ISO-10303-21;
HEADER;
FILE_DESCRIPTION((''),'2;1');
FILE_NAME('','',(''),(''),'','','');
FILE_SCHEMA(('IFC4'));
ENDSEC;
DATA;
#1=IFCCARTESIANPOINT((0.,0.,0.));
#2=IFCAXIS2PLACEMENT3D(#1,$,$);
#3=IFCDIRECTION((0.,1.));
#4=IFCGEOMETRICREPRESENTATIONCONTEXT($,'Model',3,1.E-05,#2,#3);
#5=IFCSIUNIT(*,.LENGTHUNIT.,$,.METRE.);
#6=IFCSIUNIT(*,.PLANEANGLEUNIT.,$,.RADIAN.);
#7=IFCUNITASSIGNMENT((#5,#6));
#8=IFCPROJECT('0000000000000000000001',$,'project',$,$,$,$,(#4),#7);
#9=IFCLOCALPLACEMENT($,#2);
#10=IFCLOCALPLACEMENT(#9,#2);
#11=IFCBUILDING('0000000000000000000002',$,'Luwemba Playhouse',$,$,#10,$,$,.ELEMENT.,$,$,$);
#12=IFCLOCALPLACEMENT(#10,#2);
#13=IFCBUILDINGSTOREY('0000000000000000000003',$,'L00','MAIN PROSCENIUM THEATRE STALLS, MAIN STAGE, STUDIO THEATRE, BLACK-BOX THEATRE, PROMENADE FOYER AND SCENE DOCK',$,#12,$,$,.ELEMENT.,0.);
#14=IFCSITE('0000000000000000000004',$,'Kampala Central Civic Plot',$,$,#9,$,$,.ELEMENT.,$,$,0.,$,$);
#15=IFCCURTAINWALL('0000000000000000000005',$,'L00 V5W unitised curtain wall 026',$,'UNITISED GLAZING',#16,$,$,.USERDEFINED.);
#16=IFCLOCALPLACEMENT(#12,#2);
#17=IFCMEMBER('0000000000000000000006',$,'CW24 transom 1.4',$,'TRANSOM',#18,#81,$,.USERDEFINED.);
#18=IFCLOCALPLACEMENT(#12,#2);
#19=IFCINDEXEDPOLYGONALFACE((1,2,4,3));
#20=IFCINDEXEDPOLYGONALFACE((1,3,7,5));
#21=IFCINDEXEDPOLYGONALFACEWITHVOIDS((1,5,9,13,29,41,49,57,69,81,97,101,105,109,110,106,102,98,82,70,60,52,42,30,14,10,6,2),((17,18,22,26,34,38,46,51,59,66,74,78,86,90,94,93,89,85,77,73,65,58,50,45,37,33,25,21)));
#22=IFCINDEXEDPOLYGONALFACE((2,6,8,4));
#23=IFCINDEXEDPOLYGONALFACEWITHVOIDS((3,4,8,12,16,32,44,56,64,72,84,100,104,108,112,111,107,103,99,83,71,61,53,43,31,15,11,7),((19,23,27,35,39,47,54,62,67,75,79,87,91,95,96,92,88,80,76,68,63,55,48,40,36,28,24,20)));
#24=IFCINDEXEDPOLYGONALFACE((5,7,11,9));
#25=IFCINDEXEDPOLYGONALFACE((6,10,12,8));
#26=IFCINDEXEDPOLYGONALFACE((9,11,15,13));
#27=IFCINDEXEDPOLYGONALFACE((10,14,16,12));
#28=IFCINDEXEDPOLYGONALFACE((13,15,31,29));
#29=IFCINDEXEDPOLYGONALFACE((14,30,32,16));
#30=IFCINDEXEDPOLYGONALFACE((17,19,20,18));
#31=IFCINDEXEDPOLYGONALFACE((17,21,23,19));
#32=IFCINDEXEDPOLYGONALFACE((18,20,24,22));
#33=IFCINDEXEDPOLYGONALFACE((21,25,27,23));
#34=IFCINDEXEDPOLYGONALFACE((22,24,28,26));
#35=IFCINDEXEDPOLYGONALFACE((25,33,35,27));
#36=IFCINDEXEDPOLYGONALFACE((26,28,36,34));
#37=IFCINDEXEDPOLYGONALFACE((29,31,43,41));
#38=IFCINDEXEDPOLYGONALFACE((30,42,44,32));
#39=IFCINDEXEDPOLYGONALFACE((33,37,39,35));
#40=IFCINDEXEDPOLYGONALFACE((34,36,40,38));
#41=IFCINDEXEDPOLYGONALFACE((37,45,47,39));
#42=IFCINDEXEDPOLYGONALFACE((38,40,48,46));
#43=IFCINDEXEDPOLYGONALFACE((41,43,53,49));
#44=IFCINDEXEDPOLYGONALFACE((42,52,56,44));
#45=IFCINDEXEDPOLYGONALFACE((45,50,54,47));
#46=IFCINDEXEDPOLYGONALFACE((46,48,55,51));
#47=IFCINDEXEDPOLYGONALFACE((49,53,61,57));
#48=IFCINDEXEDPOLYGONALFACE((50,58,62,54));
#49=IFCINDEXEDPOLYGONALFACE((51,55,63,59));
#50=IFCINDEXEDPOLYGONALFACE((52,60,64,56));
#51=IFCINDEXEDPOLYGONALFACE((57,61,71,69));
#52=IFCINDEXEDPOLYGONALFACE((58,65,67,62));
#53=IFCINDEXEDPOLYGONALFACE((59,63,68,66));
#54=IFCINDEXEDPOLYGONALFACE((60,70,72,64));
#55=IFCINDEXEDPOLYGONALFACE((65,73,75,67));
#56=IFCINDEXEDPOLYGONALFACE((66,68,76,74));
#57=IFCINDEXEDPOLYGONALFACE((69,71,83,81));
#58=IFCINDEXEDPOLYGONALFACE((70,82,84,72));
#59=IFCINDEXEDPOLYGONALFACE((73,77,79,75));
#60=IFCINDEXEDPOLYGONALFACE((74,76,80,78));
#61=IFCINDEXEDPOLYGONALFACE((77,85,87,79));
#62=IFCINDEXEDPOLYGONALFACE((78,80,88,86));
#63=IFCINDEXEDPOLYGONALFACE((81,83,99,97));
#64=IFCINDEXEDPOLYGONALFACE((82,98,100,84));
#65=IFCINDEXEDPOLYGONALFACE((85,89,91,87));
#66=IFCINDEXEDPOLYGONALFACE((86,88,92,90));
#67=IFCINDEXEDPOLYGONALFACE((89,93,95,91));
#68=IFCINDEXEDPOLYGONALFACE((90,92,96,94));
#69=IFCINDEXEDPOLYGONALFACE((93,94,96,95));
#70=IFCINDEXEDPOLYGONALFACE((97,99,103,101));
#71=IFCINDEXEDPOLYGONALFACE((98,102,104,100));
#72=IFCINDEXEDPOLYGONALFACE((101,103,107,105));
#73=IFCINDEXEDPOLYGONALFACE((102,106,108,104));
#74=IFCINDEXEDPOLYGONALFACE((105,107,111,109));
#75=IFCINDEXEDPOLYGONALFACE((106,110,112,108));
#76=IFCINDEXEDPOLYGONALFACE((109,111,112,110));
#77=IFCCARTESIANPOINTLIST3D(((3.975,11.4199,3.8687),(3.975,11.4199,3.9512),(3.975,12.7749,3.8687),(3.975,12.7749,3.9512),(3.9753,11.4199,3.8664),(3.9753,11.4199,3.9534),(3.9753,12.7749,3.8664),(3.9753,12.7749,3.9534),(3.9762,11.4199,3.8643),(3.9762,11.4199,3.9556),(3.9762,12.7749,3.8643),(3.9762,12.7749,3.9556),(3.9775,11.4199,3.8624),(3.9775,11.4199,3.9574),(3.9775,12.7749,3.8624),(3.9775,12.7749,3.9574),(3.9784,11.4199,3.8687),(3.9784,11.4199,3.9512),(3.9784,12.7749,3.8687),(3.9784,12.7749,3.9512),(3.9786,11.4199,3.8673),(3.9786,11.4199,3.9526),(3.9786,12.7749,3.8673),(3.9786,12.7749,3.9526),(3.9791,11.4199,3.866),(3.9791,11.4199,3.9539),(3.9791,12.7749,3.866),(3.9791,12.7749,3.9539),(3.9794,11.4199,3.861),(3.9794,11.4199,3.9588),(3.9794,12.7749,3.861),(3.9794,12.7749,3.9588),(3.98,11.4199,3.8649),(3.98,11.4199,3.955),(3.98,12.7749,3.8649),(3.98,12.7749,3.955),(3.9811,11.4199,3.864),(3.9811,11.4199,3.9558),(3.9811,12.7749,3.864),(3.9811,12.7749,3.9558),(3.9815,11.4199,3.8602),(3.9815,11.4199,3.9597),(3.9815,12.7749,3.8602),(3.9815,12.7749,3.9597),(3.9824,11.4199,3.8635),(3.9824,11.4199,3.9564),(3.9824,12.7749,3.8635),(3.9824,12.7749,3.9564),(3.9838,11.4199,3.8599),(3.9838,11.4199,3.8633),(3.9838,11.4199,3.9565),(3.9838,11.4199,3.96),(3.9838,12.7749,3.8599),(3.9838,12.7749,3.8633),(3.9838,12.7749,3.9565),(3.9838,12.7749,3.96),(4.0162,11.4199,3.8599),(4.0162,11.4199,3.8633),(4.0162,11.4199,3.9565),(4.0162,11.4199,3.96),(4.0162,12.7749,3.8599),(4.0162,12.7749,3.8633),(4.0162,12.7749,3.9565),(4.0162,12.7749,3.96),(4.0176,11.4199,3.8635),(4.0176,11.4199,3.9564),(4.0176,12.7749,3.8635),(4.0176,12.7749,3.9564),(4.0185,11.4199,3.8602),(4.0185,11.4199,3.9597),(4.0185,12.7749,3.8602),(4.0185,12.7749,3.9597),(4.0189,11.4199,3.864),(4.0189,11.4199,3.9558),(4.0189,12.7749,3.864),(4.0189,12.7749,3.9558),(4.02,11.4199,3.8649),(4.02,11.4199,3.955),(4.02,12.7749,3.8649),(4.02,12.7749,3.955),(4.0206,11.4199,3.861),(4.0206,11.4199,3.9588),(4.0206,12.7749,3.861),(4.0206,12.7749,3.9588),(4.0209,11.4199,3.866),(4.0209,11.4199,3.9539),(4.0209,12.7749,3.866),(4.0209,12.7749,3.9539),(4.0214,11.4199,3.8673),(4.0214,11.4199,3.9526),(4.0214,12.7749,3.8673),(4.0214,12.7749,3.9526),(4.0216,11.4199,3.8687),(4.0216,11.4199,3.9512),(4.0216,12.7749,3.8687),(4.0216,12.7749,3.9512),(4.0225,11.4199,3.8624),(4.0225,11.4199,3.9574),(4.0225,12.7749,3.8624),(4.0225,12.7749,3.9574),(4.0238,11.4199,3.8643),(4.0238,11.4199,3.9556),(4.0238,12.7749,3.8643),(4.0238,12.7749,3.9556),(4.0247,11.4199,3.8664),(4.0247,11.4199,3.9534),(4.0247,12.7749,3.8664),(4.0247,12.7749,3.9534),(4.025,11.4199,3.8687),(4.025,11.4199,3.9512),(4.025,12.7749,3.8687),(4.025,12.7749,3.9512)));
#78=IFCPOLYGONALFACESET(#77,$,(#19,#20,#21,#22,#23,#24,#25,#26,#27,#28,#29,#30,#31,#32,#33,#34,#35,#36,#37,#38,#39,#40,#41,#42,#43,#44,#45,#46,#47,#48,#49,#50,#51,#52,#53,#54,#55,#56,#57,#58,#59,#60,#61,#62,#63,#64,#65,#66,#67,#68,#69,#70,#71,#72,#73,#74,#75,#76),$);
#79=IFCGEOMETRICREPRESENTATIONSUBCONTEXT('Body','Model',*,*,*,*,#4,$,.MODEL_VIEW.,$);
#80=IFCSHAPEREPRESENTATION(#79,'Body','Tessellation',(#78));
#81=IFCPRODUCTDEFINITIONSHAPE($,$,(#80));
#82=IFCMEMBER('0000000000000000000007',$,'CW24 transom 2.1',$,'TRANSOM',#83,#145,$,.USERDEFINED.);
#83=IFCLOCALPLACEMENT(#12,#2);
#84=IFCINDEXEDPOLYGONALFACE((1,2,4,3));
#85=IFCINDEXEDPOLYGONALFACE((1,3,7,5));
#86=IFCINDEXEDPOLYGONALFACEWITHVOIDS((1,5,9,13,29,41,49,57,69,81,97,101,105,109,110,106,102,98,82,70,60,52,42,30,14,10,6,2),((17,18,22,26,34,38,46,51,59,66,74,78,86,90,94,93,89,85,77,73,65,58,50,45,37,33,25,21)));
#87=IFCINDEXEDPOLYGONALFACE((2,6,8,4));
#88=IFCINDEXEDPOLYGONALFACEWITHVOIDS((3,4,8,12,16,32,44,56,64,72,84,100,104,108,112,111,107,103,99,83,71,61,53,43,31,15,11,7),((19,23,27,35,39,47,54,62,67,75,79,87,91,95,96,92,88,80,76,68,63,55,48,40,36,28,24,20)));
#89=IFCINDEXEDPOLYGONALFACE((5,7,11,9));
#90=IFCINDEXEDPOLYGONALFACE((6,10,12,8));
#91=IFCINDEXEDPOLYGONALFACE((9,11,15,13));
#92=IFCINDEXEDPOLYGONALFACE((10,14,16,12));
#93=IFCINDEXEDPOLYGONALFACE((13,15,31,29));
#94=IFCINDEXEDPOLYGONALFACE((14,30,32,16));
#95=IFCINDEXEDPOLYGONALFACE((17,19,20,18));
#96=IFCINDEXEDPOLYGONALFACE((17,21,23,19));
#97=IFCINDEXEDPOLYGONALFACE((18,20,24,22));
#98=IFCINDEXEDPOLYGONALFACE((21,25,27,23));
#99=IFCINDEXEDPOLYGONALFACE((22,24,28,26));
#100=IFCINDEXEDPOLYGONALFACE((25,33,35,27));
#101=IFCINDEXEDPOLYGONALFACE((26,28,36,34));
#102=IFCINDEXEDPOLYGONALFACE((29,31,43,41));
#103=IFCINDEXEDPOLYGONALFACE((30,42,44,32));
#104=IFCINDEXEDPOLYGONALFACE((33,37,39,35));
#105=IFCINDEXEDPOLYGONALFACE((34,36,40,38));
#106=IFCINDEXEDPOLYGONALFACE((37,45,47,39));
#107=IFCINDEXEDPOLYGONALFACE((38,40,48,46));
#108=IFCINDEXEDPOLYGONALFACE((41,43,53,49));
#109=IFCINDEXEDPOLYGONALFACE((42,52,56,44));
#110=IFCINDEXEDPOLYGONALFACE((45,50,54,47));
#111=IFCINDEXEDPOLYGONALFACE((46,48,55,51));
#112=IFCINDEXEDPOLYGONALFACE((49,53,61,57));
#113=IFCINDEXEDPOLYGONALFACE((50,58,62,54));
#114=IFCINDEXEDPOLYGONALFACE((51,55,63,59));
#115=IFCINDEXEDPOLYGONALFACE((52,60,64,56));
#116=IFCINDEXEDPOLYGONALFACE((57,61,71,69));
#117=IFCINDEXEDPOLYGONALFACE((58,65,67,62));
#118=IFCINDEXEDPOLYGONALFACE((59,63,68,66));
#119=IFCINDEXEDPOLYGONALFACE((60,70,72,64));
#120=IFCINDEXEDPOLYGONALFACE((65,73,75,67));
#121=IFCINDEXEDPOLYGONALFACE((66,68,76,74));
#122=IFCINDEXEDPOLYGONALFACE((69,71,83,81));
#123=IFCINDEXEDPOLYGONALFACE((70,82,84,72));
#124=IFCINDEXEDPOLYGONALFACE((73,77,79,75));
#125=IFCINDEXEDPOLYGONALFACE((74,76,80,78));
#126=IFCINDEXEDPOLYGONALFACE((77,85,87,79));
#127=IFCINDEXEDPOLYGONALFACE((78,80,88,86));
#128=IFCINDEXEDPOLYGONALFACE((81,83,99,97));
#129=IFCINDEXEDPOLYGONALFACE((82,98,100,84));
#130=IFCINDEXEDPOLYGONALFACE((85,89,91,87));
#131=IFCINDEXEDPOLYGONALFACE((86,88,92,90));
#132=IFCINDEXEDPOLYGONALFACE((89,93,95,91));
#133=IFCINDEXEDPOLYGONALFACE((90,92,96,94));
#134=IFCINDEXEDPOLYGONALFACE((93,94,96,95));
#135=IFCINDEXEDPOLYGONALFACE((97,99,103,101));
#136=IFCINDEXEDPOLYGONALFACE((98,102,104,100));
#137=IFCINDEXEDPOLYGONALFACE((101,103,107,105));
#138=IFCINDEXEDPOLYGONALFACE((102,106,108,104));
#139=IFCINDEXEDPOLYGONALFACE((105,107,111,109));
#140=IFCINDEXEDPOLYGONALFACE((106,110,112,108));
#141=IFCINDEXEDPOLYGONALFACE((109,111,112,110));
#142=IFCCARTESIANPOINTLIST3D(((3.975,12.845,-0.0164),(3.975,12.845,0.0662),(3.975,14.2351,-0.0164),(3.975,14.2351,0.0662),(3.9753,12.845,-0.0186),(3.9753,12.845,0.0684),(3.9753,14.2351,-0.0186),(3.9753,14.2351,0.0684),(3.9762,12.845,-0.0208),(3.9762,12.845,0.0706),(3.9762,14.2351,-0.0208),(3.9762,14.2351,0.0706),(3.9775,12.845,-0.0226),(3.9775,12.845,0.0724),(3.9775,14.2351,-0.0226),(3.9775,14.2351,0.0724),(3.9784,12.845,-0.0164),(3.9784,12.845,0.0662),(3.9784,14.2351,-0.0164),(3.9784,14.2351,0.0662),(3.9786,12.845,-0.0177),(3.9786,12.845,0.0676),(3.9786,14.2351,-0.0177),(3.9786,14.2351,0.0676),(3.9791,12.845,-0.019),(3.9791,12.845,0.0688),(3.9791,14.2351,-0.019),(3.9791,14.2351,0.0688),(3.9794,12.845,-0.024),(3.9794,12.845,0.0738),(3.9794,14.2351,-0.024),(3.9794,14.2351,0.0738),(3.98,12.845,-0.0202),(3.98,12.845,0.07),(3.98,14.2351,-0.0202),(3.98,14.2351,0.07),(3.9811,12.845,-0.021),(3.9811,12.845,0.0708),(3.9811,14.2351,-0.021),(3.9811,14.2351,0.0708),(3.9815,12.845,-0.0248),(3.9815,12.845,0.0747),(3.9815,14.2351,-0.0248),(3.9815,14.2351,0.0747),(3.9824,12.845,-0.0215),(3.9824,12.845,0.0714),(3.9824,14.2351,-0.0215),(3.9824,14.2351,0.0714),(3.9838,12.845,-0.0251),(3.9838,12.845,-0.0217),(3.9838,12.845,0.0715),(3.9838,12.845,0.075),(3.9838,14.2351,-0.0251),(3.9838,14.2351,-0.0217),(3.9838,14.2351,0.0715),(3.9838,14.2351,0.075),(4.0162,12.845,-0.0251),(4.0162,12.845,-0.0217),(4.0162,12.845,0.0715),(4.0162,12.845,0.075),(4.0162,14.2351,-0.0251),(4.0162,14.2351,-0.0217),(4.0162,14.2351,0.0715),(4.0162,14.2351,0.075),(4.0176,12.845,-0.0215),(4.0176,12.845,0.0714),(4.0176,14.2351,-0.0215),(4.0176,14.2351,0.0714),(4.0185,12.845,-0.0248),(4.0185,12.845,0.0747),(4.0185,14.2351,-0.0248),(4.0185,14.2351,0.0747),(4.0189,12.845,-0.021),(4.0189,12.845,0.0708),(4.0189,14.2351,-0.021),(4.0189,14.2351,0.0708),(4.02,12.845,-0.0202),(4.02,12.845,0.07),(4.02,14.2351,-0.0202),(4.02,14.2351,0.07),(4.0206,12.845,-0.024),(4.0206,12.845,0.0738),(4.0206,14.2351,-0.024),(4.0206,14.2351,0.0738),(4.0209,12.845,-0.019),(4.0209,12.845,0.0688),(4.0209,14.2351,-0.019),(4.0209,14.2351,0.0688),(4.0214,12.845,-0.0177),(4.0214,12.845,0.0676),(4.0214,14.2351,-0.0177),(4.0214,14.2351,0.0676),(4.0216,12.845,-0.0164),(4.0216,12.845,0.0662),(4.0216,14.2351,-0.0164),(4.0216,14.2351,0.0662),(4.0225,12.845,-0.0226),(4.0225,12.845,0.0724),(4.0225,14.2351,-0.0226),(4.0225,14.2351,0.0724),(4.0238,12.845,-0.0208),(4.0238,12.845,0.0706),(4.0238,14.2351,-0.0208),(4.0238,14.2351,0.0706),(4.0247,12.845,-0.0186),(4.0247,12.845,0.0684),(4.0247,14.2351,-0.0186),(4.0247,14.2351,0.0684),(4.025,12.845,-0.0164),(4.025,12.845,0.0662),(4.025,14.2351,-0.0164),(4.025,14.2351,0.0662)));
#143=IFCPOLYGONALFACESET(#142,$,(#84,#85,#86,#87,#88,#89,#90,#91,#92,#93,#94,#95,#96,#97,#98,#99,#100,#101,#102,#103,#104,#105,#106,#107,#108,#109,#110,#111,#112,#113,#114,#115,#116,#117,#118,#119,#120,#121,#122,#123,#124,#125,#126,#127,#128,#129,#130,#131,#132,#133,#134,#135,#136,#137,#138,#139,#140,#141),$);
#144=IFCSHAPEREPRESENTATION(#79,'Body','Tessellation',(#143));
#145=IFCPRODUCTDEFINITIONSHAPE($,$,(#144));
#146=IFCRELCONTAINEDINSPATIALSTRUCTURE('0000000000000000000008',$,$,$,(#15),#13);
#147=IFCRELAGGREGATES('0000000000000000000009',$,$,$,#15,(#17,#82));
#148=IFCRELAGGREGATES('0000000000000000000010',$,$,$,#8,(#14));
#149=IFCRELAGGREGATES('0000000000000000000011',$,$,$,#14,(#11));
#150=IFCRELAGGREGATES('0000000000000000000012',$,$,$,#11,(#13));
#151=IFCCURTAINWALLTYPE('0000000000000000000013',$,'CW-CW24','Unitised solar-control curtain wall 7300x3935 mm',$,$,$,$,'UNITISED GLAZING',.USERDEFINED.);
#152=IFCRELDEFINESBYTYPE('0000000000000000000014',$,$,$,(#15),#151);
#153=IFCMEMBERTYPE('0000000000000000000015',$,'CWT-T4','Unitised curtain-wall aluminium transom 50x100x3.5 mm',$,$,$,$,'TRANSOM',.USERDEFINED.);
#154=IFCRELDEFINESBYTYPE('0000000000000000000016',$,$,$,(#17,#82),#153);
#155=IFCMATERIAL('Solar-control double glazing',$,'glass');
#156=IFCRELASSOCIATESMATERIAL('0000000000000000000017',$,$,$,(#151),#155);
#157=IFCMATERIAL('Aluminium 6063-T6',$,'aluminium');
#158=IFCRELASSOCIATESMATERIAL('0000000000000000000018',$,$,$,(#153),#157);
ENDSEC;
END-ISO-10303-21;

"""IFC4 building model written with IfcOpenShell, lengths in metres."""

from ifc_helpers import new_model, si_unit, direction, frame, origin, origin_2d, place, context, subcontext, project, spatial, hollow_rectangle, extrude, material, material_profile, profile_set, type_object, element, aggregate, save


model = new_model("IFC4")

# Units and contexts
model_context = context("Model", 3, precision=1e-05, world=origin(), true_north=direction((0.0, 1.0)))
body_context = subcontext(model_context, "Body", "Model", "MODEL_VIEW")
ifc_project = project(units=[si_unit("LENGTHUNIT", "METRE"), si_unit("PLANEANGLEUNIT", "RADIAN")], contexts=[model_context])

# Site, building, storey
site_placement = place(None, origin())
site = spatial("IfcSite", under=ifc_project, at=site_placement, Name="Kampala Central Civic Plot", CompositionType="ELEMENT", RefElevation=0.0)
building_placement = place(site_placement, origin())
building = spatial("IfcBuilding", under=site, at=building_placement, Name="Luwemba Playhouse", CompositionType="ELEMENT")
storey_placement = place(building_placement, origin())
storey = spatial("IfcBuildingStorey", under=building, at=storey_placement, Name="L00", Description="MAIN PROSCENIUM THEATRE STALLS, MAIN STAGE, STUDIO THEATRE, BLACK-BOX THEATRE, PROMENADE FOYER AND SCENE DOCK", CompositionType="ELEMENT", Elevation=0.0)

# Curtain wall
ifc_material_1 = material(Name="Solar-control double glazing", Category="glass")
ifc_material_2 = material(Name="Aluminium 6063-T6", Category="aluminium")
curtain_wall_type_1 = type_object("IfcCurtainWallType", Name="CW-CW24", Description="Unitised solar-control curtain wall 7300x3935 mm", ElementType="UNITISED GLAZING", PredefinedType="USERDEFINED", material=ifc_material_1)
curtain_wall_1_placement = place(storey_placement, origin())
curtain_wall_1 = element("IfcCurtainWall", 1, at=curtain_wall_1_placement, inside=storey, type_object=curtain_wall_type_1, Name="L00 V5W unitised curtain wall 026", ObjectType="UNITISED GLAZING", PredefinedType="USERDEFINED")

# Members
ifc_material_profile_1 = material_profile(ifc_material_2, hollow_rectangle(XDim=0.05, YDim=0.1001, WallThickness=0.0034, InnerFilletRadius=0.0054, OuterFilletRadius=0.0088, at=origin_2d()))
ifc_profile_set_1 = profile_set([ifc_material_profile_1], Name="Aluminium 6063-T6")
member_type_1 = type_object("IfcMemberType", Name="CWT-T4", Description="Unitised curtain-wall aluminium transom 50x100x3.5 mm", ElementType="TRANSOM", PredefinedType="USERDEFINED", material=ifc_profile_set_1)
member_1_placement = place(storey_placement, frame((4.0, 11.4199, 3.9099), z_axis=(0.0, 1.0, 0.0), x_axis=(-1.0, 0.0, 0.0)))
member_1 = element("IfcMember", 2, at=member_1_placement, type_object=member_type_1, Name="CW24 transom 1.4", ObjectType="TRANSOM", PredefinedType="USERDEFINED", context=body_context, shape_type="SweptSolid", body=[
    extrude(hollow_rectangle(XDim=0.05, YDim=0.1001, WallThickness=0.0034, InnerFilletRadius=0.0054, OuterFilletRadius=0.0088, at=origin_2d()), origin(), (0.0, 0.0, 1.0), 1.355),
])
member_2_placement = place(storey_placement, frame((4.0, 12.845, 0.0249), z_axis=(0.0, 1.0, 0.0), x_axis=(-1.0, 0.0, 0.0)))
member_2 = element("IfcMember", 3, at=member_2_placement, type_object=member_type_1, Name="CW24 transom 2.1", ObjectType="TRANSOM", PredefinedType="USERDEFINED", context=body_context, shape_type="SweptSolid", body=[
    extrude(hollow_rectangle(XDim=0.05, YDim=0.1001, WallThickness=0.0034, InnerFilletRadius=0.0054, OuterFilletRadius=0.0088, at=origin_2d()), origin(), (0.0, 0.0, 1.0), 1.3901),
])

aggregate(curtain_wall_1, [member_1, member_2])

save(model, "model.ifc")
